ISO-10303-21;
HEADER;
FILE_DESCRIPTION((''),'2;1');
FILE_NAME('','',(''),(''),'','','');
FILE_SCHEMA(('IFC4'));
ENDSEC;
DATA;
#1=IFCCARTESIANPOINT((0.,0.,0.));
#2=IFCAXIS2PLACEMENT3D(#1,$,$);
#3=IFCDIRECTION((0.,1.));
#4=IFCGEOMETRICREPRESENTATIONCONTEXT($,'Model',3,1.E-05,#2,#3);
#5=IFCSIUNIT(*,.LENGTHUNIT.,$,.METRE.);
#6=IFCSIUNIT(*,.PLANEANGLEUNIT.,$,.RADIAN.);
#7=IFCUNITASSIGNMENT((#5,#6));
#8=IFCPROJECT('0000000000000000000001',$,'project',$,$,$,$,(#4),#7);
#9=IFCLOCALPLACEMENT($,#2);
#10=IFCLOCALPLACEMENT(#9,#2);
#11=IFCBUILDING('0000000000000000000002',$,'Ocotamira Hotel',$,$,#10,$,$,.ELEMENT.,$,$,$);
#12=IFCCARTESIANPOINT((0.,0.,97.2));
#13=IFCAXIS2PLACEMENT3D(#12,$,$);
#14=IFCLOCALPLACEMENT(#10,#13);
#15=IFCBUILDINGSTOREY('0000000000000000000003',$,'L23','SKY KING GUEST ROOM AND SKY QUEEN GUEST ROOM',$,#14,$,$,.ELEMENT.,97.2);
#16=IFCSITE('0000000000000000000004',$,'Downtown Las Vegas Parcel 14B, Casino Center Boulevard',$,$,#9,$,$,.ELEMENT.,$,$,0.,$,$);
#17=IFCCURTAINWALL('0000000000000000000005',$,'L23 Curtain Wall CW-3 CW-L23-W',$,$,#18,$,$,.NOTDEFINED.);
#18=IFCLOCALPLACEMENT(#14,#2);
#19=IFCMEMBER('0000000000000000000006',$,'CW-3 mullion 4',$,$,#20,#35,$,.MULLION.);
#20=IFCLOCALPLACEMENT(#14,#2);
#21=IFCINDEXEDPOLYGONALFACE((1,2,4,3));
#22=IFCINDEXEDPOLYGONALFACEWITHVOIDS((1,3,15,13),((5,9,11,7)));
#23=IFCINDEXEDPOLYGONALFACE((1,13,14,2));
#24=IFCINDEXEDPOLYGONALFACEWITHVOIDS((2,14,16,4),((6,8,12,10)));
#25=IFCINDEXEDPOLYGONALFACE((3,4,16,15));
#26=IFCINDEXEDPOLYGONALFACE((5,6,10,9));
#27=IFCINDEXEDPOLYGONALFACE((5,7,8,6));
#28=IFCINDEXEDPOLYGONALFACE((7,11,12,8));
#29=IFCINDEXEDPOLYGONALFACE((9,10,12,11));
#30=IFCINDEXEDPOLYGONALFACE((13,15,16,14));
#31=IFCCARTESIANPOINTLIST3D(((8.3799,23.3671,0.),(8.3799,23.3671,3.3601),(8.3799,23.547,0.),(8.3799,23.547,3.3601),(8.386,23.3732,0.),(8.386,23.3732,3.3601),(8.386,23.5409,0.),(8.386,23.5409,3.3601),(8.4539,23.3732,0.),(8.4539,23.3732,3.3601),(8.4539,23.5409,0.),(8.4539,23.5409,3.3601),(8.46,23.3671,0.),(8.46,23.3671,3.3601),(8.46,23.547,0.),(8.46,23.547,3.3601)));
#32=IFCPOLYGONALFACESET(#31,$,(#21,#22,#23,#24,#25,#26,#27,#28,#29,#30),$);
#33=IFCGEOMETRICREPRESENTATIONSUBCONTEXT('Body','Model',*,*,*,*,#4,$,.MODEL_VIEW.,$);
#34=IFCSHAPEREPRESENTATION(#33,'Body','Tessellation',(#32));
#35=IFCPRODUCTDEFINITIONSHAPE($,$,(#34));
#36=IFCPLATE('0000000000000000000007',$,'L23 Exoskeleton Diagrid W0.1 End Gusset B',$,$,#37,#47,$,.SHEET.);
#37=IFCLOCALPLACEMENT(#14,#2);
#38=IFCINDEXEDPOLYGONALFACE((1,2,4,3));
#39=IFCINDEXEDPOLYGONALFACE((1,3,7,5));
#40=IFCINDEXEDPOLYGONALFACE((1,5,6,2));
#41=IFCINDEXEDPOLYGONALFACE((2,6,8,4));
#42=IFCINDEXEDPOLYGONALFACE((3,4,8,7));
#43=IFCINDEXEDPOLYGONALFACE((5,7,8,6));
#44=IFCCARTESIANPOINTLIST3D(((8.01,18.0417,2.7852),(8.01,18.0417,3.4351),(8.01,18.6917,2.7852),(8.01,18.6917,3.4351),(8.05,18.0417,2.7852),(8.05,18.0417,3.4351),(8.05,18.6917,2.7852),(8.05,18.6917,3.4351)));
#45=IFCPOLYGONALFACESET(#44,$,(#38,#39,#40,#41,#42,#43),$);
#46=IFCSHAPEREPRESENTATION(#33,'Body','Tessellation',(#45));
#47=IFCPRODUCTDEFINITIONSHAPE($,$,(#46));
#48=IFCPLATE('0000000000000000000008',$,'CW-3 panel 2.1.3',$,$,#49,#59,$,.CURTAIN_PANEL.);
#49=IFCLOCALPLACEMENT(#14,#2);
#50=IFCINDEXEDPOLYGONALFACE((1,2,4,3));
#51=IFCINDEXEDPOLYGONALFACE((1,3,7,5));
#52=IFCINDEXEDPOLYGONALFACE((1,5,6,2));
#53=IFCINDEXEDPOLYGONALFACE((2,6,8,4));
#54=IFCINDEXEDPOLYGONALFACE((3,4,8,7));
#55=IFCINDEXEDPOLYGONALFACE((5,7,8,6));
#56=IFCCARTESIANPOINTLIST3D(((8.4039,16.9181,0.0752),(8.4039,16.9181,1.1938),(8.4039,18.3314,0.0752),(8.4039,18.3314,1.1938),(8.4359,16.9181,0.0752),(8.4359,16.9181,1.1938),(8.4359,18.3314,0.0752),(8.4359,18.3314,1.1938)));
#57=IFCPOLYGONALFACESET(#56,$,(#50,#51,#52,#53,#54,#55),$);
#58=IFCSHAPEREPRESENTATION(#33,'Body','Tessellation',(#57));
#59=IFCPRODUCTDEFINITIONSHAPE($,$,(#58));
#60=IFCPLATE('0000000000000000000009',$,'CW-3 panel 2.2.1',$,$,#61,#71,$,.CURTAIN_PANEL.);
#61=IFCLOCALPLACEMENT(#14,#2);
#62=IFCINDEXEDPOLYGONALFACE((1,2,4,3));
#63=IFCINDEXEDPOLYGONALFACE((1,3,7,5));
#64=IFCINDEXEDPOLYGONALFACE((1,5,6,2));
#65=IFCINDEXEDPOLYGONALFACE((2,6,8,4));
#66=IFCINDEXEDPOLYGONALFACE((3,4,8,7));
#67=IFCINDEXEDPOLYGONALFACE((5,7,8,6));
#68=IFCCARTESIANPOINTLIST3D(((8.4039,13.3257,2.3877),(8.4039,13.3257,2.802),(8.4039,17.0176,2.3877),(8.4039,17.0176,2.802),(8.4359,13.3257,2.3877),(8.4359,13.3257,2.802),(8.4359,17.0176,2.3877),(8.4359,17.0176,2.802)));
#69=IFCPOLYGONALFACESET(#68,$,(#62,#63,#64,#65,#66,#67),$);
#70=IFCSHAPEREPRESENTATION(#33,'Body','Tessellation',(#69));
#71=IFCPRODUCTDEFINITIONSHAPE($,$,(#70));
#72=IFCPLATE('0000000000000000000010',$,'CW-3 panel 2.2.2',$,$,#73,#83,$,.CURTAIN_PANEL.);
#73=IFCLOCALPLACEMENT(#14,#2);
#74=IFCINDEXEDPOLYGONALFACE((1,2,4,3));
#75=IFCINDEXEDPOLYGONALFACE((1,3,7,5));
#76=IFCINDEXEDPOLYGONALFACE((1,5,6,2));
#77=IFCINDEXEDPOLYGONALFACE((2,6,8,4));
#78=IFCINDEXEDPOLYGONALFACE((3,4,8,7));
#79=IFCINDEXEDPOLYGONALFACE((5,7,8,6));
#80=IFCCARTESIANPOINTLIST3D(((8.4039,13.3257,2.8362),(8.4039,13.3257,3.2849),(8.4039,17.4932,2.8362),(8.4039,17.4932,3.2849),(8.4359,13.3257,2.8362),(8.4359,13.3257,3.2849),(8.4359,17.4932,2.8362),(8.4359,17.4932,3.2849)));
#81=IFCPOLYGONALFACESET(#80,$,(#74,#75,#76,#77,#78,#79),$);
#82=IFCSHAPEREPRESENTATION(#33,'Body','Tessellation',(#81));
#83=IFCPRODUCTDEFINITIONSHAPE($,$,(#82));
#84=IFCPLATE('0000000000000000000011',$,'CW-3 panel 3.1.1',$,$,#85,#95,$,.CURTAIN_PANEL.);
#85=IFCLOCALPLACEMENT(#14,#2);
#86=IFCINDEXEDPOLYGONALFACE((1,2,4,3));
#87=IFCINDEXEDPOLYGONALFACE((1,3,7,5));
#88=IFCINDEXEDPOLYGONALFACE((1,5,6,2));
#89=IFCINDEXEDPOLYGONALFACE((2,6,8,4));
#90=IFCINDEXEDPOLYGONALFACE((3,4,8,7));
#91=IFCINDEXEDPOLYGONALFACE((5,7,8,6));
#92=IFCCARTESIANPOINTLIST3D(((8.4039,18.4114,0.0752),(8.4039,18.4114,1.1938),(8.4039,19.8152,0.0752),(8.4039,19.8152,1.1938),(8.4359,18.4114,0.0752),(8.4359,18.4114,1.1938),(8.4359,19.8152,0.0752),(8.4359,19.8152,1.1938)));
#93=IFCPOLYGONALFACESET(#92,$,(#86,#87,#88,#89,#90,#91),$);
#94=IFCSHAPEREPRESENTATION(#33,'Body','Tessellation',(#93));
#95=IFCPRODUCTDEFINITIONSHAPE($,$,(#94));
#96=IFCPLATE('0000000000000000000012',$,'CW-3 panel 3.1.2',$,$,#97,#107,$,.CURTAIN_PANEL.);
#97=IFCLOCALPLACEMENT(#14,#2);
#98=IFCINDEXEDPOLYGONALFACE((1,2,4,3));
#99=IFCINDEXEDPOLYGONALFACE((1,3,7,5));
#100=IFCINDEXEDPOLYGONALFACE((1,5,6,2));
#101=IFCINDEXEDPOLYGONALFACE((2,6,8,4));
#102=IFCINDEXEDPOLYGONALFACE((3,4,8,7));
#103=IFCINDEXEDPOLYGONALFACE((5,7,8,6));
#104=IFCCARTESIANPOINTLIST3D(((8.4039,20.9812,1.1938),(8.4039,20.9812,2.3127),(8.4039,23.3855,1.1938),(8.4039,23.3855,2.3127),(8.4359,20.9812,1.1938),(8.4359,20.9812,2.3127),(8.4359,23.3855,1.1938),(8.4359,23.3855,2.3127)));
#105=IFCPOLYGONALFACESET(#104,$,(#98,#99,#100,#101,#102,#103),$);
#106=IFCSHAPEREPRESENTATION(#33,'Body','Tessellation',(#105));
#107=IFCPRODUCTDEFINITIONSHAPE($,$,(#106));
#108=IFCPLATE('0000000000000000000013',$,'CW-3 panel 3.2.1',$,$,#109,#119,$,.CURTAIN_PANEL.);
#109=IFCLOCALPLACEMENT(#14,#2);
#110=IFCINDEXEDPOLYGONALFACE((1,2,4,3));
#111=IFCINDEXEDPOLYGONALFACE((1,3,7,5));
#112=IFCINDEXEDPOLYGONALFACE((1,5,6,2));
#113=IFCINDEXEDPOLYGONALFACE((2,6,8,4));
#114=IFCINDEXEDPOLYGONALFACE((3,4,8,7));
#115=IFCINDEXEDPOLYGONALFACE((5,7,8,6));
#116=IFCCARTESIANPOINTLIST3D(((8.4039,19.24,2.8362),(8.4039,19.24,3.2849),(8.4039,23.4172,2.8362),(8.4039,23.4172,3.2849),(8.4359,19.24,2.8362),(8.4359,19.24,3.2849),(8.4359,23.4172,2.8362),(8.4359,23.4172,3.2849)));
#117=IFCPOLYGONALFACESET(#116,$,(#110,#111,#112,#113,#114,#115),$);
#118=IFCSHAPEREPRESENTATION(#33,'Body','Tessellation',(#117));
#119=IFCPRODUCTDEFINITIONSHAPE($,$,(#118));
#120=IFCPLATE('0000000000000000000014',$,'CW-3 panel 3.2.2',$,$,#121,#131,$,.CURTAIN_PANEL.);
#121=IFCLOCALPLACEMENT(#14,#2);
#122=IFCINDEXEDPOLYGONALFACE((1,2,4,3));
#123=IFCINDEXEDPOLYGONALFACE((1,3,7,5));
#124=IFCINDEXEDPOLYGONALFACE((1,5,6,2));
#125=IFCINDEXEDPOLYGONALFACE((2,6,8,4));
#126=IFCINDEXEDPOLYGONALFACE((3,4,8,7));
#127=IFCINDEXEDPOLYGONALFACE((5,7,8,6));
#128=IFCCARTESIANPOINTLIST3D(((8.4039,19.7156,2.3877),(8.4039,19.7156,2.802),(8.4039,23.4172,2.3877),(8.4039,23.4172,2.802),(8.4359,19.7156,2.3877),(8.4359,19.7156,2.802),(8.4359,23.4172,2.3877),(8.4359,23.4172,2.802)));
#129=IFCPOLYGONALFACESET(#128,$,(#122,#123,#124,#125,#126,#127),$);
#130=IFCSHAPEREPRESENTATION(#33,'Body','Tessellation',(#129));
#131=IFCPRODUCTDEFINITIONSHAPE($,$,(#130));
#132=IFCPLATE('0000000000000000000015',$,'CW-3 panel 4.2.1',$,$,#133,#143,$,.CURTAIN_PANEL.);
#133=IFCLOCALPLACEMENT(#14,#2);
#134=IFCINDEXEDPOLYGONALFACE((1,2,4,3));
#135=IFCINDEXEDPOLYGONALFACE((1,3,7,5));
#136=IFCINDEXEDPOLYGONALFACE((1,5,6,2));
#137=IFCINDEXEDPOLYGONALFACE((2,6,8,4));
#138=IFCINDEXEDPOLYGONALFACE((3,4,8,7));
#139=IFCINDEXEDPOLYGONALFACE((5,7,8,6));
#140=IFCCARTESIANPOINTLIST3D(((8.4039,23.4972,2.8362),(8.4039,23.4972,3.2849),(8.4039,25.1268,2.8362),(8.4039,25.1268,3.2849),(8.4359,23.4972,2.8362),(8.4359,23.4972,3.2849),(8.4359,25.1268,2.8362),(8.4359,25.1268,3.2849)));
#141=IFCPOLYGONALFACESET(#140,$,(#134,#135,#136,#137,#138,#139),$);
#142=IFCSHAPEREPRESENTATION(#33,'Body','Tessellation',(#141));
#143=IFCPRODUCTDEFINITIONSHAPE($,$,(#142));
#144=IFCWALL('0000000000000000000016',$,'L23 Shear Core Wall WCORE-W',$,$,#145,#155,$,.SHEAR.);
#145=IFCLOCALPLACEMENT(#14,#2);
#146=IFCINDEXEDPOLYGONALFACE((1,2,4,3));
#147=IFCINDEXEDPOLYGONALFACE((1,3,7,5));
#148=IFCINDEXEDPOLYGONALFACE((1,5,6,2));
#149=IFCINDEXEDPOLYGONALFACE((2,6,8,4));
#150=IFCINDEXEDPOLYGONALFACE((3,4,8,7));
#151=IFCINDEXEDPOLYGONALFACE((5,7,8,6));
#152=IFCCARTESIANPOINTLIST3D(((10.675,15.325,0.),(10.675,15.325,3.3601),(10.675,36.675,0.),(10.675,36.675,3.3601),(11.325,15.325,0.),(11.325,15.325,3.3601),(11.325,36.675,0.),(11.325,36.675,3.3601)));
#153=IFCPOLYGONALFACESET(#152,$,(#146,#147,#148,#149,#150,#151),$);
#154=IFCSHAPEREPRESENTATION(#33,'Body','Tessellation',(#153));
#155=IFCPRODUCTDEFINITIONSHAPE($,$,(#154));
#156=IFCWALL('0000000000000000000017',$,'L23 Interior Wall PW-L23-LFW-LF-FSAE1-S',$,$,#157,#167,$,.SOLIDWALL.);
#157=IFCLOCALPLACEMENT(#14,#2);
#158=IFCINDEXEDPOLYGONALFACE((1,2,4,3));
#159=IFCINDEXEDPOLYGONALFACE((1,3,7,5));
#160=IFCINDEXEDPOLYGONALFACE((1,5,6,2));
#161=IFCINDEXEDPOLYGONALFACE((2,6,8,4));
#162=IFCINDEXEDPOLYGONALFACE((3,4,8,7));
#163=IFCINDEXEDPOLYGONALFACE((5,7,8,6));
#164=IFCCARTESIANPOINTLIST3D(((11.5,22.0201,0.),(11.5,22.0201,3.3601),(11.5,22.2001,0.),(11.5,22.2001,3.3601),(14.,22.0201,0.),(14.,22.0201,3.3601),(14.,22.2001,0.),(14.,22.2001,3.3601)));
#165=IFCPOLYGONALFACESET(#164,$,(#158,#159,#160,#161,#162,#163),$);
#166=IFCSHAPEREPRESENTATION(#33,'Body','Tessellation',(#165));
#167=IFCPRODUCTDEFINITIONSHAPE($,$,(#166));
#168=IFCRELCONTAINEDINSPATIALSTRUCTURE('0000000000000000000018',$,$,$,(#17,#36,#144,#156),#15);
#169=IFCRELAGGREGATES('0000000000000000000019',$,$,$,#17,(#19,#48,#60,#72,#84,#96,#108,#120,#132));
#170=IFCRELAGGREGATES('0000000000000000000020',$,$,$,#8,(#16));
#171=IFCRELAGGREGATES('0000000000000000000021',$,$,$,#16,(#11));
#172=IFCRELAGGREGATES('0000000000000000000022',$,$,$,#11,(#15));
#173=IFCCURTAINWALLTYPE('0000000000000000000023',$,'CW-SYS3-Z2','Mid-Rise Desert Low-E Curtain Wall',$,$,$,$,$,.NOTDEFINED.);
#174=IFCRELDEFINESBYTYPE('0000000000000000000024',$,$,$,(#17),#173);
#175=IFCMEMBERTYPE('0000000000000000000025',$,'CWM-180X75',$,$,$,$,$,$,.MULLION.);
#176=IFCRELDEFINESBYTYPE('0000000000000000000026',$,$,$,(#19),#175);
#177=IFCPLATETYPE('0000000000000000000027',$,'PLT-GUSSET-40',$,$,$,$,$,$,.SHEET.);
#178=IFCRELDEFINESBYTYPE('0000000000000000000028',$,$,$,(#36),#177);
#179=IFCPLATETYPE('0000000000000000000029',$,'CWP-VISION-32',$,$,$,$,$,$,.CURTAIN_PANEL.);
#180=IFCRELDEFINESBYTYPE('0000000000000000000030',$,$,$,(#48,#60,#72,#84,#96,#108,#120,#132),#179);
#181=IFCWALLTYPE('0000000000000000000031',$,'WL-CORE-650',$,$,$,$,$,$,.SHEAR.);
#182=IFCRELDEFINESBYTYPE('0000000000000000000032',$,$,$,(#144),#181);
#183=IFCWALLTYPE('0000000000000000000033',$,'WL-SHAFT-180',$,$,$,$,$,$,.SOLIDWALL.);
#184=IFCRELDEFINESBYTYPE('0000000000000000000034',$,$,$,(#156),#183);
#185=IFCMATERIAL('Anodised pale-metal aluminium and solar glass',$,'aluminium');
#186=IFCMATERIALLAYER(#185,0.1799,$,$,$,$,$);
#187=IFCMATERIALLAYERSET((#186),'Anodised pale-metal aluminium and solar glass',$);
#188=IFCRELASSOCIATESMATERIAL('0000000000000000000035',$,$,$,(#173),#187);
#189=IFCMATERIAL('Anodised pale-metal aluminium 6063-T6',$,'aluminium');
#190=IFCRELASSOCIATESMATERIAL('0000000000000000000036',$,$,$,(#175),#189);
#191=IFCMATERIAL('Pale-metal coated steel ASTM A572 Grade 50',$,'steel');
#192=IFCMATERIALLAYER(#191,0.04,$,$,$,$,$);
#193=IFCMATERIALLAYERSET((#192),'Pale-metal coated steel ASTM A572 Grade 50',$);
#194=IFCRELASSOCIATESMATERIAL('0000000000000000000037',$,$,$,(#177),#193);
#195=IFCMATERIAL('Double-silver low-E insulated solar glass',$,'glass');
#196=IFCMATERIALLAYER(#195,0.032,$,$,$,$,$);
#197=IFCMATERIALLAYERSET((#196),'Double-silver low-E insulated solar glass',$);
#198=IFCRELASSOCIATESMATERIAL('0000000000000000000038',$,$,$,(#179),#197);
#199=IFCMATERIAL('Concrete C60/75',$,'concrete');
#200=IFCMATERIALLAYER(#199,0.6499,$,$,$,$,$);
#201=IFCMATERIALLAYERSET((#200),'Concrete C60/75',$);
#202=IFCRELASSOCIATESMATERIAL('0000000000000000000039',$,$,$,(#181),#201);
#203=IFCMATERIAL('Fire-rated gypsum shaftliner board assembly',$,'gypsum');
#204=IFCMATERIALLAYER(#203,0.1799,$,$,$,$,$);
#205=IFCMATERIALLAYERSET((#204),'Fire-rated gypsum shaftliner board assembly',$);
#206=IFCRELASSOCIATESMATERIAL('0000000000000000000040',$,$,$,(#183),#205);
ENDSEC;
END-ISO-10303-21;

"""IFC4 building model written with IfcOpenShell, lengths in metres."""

from ifc_helpers import new_model, si_unit, direction, frame, frame_2d, origin, origin_2d, place, context, subcontext, project, spatial, rectangle, hollow_rectangle, extrude, source, transform, mapped, material, layer, layer_set, material_profile, profile_set, type_object, element, aggregate, save


model = new_model("IFC4")

# Units and contexts
model_context = context("Model", 3, precision=1e-05, world=origin(), true_north=direction((0.0, 1.0)))
body_context = subcontext(model_context, "Body", "Model", "MODEL_VIEW")
ifc_project = project(units=[si_unit("LENGTHUNIT", "METRE"), si_unit("PLANEANGLEUNIT", "RADIAN")], contexts=[model_context])

# Site, building, storey
site_placement = place(None, origin())
site = spatial("IfcSite", under=ifc_project, at=site_placement, Name="Downtown Las Vegas Parcel 14B, Casino Center Boulevard", CompositionType="ELEMENT", RefElevation=0.0)
building_placement = place(site_placement, origin())
building = spatial("IfcBuilding", under=site, at=building_placement, Name="Ocotamira Hotel", CompositionType="ELEMENT")
storey_placement = place(building_placement, frame((0.0, 0.0, 97.2)))
storey = spatial("IfcBuildingStorey", under=building, at=storey_placement, Name="L23", Description="SKY KING GUEST ROOM AND SKY QUEEN GUEST ROOM", CompositionType="ELEMENT", Elevation=97.2)

# Shared definitions
ifc_material_1 = material(Name="Concrete C60/75", Category="concrete")

# Curtain wall, member
ifc_material_2 = material(Name="Anodised pale-metal aluminium and solar glass", Category="aluminium")
ifc_layer_1 = layer(ifc_material_2, 0.1799)
ifc_layer_set_1 = layer_set([ifc_layer_1], Name="Anodised pale-metal aluminium and solar glass")
curtain_wall_type = type_object("IfcCurtainWallType", Name="CW-SYS3-Z2", Description="Mid-Rise Desert Low-E Curtain Wall", PredefinedType="NOTDEFINED", material=ifc_layer_set_1)
curtain_wall_placement = place(storey_placement, origin())
curtain_wall = element("IfcCurtainWall", 1, at=curtain_wall_placement, inside=storey, type_object=curtain_wall_type, Name="L23 Curtain Wall CW-3 CW-L23-W", PredefinedType="NOTDEFINED")
ifc_material_3 = material(Name="Anodised pale-metal aluminium 6063-T6", Category="aluminium")
ifc_material_profile_1 = material_profile(ifc_material_3, hollow_rectangle(XDim=0.0801, YDim=0.1799, WallThickness=0.0061, at=origin_2d()), Name="HSS180X80X6")
ifc_profile_set_1 = profile_set([ifc_material_profile_1], Name="Anodised pale-metal aluminium 6063-T6")
member_type_1 = type_object("IfcMemberType", Name="CWM-180X75", PredefinedType="MULLION", material=ifc_profile_set_1)
shared_shape_1 = source(origin(), body_context, "Body", "SweptSolid", [
    extrude(hollow_rectangle(XDim=0.0801, YDim=0.1799, WallThickness=0.0061, at=origin_2d()), origin(), (0.0, 0.0, 1.0), 3.3601),
])
member_1_placement = place(storey_placement, frame((8.4199, 23.457, 0.0), z_axis=(0.0, 0.0, 1.0), x_axis=(-1.0, 0.0, 0.0)))
member_1 = element("IfcMember", 2, at=member_1_placement, type_object=member_type_1, Name="CW-3 mullion 4", PredefinedType="MULLION", context=body_context, shape_type="MappedRepresentation", body=[
    mapped(shared_shape_1, transform((0.0, 0.0, 0.0), scale=1.0)),
])

# Plates
ifc_material_4 = material(Name="Pale-metal coated steel ASTM A572 Grade 50", Category="steel")
ifc_layer_2 = layer(ifc_material_4, 0.04)
ifc_layer_set_2 = layer_set([ifc_layer_2], Name="Pale-metal coated steel ASTM A572 Grade 50")
plate_type_1 = type_object("IfcPlateType", Name="PLT-GUSSET-40", PredefinedType="SHEET", material=ifc_layer_set_2)
shared_shape_2 = source(origin(), body_context, "Body", "SweptSolid", [
    extrude(rectangle(XDim=0.04, YDim=0.6499, at=origin_2d()), origin(), (0.0, 0.0, 1.0), 0.6499),
])
plate_1_placement = place(storey_placement, frame((8.03, 18.3667, 2.7852), z_axis=(0.0, 0.0, 1.0), x_axis=(1.0, 0.0, 0.0)))
element("IfcPlate", 3, at=plate_1_placement, inside=storey, type_object=plate_type_1, Name="L23 Exoskeleton Diagrid W0.1 End Gusset B", PredefinedType="SHEET", context=body_context, shape_type="MappedRepresentation", body=[
    mapped(shared_shape_2, transform((0.0, 0.0, 0.0), scale=1.0)),
])
ifc_material_5 = material(Name="Double-silver low-E insulated solar glass", Category="glass")
ifc_layer_3 = layer(ifc_material_5, 0.032)
ifc_layer_set_3 = layer_set([ifc_layer_3], Name="Double-silver low-E insulated solar glass")
plate_type_2 = type_object("IfcPlateType", Name="CWP-VISION-32", PredefinedType="CURTAIN_PANEL", material=ifc_layer_set_3)
shared_shape_3 = source(origin(), body_context, "Body", "SweptSolid", [
    extrude(rectangle(XDim=1.4133, YDim=0.032, at=origin_2d()), origin(), (0.0, 0.0, 1.0), 1.1187),
])
plate_2_placement = place(storey_placement, frame((8.4199, 17.6248, 0.0752), z_axis=(0.0, 0.0, 1.0), x_axis=(0.0, 1.0, 0.0)))
plate_2 = element("IfcPlate", 4, at=plate_2_placement, type_object=plate_type_2, Name="CW-3 panel 2.1.3", PredefinedType="CURTAIN_PANEL", context=body_context, shape_type="MappedRepresentation", body=[
    mapped(shared_shape_3, transform((0.0, 0.0, 0.0), scale=1.0)),
])
shared_shape_4 = source(origin(), body_context, "Body", "SweptSolid", [
    extrude(rectangle(XDim=3.6919, YDim=0.032, at=origin_2d()), origin(), (0.0, 0.0, 1.0), 0.4143),
])
plate_3_placement = place(storey_placement, frame((8.4199, 15.1716, 2.3877), z_axis=(0.0, 0.0, 1.0), x_axis=(0.0, 1.0, 0.0)))
plate_3 = element("IfcPlate", 5, at=plate_3_placement, type_object=plate_type_2, Name="CW-3 panel 2.2.1", PredefinedType="CURTAIN_PANEL", context=body_context, shape_type="MappedRepresentation", body=[
    mapped(shared_shape_4, transform((0.0, 0.0, 0.0), scale=1.0)),
])
shared_shape_5 = source(origin(), body_context, "Body", "SweptSolid", [
    extrude(rectangle(XDim=4.1675, YDim=0.032, at=origin_2d()), origin(), (0.0, 0.0, 1.0), 0.4487),
])
plate_4_placement = place(storey_placement, frame((8.4199, 15.4094, 2.8362), z_axis=(0.0, 0.0, 1.0), x_axis=(0.0, 1.0, 0.0)))
plate_4 = element("IfcPlate", 6, at=plate_4_placement, type_object=plate_type_2, Name="CW-3 panel 2.2.2", PredefinedType="CURTAIN_PANEL", context=body_context, shape_type="MappedRepresentation", body=[
    mapped(shared_shape_5, transform((0.0, 0.0, 0.0), scale=1.0)),
])
shared_shape_6 = source(origin(), body_context, "Body", "SweptSolid", [
    extrude(rectangle(XDim=1.4038, YDim=0.032, at=origin_2d()), origin(), (0.0, 0.0, 1.0), 1.1187),
])
plate_5_placement = place(storey_placement, frame((8.4199, 19.1133, 0.0752), z_axis=(0.0, 0.0, 1.0), x_axis=(0.0, 1.0, 0.0)))
plate_5 = element("IfcPlate", 7, at=plate_5_placement, type_object=plate_type_2, Name="CW-3 panel 3.1.1", PredefinedType="CURTAIN_PANEL", context=body_context, shape_type="MappedRepresentation", body=[
    mapped(shared_shape_6, transform((0.0, 0.0, 0.0), scale=1.0)),
])
shared_shape_7 = source(origin(), body_context, "Body", "SweptSolid", [
    extrude(rectangle(XDim=2.4043, YDim=0.032, at=origin_2d()), origin(), (0.0, 0.0, 1.0), 1.1189),
])
plate_6_placement = place(storey_placement, frame((8.4199, 22.1833, 1.1938), z_axis=(0.0, 0.0, 1.0), x_axis=(0.0, 1.0, 0.0)))
plate_6 = element("IfcPlate", 8, at=plate_6_placement, type_object=plate_type_2, Name="CW-3 panel 3.1.2", PredefinedType="CURTAIN_PANEL", context=body_context, shape_type="MappedRepresentation", body=[
    mapped(shared_shape_7, transform((0.0, 0.0, 0.0), scale=1.0)),
])
shared_shape_8 = source(origin(), body_context, "Body", "SweptSolid", [
    extrude(rectangle(XDim=4.1772, YDim=0.032, at=origin_2d()), origin(), (0.0, 0.0, 1.0), 0.4487),
])
plate_7_placement = place(storey_placement, frame((8.4199, 21.3286, 2.8362), z_axis=(0.0, 0.0, 1.0), x_axis=(0.0, 1.0, 0.0)))
plate_7 = element("IfcPlate", 9, at=plate_7_placement, type_object=plate_type_2, Name="CW-3 panel 3.2.1", PredefinedType="CURTAIN_PANEL", context=body_context, shape_type="MappedRepresentation", body=[
    mapped(shared_shape_8, transform((0.0, 0.0, 0.0), scale=1.0)),
])
shared_shape_9 = source(origin(), body_context, "Body", "SweptSolid", [
    extrude(rectangle(XDim=3.7017, YDim=0.032, at=origin_2d()), origin(), (0.0, 0.0, 1.0), 0.4143),
])
plate_8_placement = place(storey_placement, frame((8.4199, 21.5664, 2.3877), z_axis=(0.0, 0.0, 1.0), x_axis=(0.0, 1.0, 0.0)))
plate_8 = element("IfcPlate", 10, at=plate_8_placement, type_object=plate_type_2, Name="CW-3 panel 3.2.2", PredefinedType="CURTAIN_PANEL", context=body_context, shape_type="MappedRepresentation", body=[
    mapped(shared_shape_9, transform((0.0, 0.0, 0.0), scale=1.0)),
])
shared_shape_10 = source(origin(), body_context, "Body", "SweptSolid", [
    extrude(rectangle(XDim=1.6296, YDim=0.032, at=origin_2d()), origin(), (0.0, 0.0, 1.0), 0.4487),
])
plate_9_placement = place(storey_placement, frame((8.4199, 24.312, 2.8362), z_axis=(0.0, 0.0, 1.0), x_axis=(0.0, 1.0, 0.0)))
plate_9 = element("IfcPlate", 11, at=plate_9_placement, type_object=plate_type_2, Name="CW-3 panel 4.2.1", PredefinedType="CURTAIN_PANEL", context=body_context, shape_type="MappedRepresentation", body=[
    mapped(shared_shape_10, transform((0.0, 0.0, 0.0), scale=1.0)),
])
aggregate(curtain_wall, [member_1, plate_2, plate_3, plate_4, plate_5, plate_6, plate_7, plate_8, plate_9])

# Shared definitions
ifc_layer_4 = layer(ifc_material_1, 0.6499)
ifc_layer_set_4 = layer_set([ifc_layer_4], Name="Concrete C60/75")
wall_type_1 = type_object("IfcWallType", Name="WL-CORE-650", PredefinedType="SHEAR", material=ifc_layer_set_4)

# Walls
wall_1_placement = place(storey_placement, frame((11.0, 15.325, 0.0), z_axis=(0.0, 0.0, 1.0), x_axis=(0.0, 1.0, 0.0)))
element("IfcWall", 12, at=wall_1_placement, inside=storey, type_object=wall_type_1, Name="L23 Shear Core Wall WCORE-W", PredefinedType="SHEAR", context=body_context, shape_type="SweptSolid", body=[
    extrude(rectangle(XDim=21.3501, YDim=0.6499, at=frame_2d((10.675, 0.0))), origin(), (0.0, 0.0, 1.0), 3.3601),
])
ifc_material_6 = material(Name="Fire-rated gypsum shaftliner board assembly", Category="gypsum")
ifc_layer_5 = layer(ifc_material_6, 0.1799)
ifc_layer_set_5 = layer_set([ifc_layer_5], Name="Fire-rated gypsum shaftliner board assembly")
wall_type_2 = type_object("IfcWallType", Name="WL-SHAFT-180", PredefinedType="SOLIDWALL", material=ifc_layer_set_5)
wall_2_placement = place(storey_placement, frame((11.5, 22.1101, 0.0), z_axis=(0.0, 0.0, 1.0), x_axis=(1.0, 0.0, 0.0)))
element("IfcWall", 13, at=wall_2_placement, inside=storey, type_object=wall_type_2, Name="L23 Interior Wall PW-L23-LFW-LF-FSAE1-S", PredefinedType="SOLIDWALL", context=body_context, shape_type="SweptSolid", body=[
    extrude(rectangle(XDim=2.5, YDim=0.1799, at=frame_2d((1.25, 0.0))), origin(), (0.0, 0.0, 1.0), 3.3601),
])

save(model, "model.ifc")
